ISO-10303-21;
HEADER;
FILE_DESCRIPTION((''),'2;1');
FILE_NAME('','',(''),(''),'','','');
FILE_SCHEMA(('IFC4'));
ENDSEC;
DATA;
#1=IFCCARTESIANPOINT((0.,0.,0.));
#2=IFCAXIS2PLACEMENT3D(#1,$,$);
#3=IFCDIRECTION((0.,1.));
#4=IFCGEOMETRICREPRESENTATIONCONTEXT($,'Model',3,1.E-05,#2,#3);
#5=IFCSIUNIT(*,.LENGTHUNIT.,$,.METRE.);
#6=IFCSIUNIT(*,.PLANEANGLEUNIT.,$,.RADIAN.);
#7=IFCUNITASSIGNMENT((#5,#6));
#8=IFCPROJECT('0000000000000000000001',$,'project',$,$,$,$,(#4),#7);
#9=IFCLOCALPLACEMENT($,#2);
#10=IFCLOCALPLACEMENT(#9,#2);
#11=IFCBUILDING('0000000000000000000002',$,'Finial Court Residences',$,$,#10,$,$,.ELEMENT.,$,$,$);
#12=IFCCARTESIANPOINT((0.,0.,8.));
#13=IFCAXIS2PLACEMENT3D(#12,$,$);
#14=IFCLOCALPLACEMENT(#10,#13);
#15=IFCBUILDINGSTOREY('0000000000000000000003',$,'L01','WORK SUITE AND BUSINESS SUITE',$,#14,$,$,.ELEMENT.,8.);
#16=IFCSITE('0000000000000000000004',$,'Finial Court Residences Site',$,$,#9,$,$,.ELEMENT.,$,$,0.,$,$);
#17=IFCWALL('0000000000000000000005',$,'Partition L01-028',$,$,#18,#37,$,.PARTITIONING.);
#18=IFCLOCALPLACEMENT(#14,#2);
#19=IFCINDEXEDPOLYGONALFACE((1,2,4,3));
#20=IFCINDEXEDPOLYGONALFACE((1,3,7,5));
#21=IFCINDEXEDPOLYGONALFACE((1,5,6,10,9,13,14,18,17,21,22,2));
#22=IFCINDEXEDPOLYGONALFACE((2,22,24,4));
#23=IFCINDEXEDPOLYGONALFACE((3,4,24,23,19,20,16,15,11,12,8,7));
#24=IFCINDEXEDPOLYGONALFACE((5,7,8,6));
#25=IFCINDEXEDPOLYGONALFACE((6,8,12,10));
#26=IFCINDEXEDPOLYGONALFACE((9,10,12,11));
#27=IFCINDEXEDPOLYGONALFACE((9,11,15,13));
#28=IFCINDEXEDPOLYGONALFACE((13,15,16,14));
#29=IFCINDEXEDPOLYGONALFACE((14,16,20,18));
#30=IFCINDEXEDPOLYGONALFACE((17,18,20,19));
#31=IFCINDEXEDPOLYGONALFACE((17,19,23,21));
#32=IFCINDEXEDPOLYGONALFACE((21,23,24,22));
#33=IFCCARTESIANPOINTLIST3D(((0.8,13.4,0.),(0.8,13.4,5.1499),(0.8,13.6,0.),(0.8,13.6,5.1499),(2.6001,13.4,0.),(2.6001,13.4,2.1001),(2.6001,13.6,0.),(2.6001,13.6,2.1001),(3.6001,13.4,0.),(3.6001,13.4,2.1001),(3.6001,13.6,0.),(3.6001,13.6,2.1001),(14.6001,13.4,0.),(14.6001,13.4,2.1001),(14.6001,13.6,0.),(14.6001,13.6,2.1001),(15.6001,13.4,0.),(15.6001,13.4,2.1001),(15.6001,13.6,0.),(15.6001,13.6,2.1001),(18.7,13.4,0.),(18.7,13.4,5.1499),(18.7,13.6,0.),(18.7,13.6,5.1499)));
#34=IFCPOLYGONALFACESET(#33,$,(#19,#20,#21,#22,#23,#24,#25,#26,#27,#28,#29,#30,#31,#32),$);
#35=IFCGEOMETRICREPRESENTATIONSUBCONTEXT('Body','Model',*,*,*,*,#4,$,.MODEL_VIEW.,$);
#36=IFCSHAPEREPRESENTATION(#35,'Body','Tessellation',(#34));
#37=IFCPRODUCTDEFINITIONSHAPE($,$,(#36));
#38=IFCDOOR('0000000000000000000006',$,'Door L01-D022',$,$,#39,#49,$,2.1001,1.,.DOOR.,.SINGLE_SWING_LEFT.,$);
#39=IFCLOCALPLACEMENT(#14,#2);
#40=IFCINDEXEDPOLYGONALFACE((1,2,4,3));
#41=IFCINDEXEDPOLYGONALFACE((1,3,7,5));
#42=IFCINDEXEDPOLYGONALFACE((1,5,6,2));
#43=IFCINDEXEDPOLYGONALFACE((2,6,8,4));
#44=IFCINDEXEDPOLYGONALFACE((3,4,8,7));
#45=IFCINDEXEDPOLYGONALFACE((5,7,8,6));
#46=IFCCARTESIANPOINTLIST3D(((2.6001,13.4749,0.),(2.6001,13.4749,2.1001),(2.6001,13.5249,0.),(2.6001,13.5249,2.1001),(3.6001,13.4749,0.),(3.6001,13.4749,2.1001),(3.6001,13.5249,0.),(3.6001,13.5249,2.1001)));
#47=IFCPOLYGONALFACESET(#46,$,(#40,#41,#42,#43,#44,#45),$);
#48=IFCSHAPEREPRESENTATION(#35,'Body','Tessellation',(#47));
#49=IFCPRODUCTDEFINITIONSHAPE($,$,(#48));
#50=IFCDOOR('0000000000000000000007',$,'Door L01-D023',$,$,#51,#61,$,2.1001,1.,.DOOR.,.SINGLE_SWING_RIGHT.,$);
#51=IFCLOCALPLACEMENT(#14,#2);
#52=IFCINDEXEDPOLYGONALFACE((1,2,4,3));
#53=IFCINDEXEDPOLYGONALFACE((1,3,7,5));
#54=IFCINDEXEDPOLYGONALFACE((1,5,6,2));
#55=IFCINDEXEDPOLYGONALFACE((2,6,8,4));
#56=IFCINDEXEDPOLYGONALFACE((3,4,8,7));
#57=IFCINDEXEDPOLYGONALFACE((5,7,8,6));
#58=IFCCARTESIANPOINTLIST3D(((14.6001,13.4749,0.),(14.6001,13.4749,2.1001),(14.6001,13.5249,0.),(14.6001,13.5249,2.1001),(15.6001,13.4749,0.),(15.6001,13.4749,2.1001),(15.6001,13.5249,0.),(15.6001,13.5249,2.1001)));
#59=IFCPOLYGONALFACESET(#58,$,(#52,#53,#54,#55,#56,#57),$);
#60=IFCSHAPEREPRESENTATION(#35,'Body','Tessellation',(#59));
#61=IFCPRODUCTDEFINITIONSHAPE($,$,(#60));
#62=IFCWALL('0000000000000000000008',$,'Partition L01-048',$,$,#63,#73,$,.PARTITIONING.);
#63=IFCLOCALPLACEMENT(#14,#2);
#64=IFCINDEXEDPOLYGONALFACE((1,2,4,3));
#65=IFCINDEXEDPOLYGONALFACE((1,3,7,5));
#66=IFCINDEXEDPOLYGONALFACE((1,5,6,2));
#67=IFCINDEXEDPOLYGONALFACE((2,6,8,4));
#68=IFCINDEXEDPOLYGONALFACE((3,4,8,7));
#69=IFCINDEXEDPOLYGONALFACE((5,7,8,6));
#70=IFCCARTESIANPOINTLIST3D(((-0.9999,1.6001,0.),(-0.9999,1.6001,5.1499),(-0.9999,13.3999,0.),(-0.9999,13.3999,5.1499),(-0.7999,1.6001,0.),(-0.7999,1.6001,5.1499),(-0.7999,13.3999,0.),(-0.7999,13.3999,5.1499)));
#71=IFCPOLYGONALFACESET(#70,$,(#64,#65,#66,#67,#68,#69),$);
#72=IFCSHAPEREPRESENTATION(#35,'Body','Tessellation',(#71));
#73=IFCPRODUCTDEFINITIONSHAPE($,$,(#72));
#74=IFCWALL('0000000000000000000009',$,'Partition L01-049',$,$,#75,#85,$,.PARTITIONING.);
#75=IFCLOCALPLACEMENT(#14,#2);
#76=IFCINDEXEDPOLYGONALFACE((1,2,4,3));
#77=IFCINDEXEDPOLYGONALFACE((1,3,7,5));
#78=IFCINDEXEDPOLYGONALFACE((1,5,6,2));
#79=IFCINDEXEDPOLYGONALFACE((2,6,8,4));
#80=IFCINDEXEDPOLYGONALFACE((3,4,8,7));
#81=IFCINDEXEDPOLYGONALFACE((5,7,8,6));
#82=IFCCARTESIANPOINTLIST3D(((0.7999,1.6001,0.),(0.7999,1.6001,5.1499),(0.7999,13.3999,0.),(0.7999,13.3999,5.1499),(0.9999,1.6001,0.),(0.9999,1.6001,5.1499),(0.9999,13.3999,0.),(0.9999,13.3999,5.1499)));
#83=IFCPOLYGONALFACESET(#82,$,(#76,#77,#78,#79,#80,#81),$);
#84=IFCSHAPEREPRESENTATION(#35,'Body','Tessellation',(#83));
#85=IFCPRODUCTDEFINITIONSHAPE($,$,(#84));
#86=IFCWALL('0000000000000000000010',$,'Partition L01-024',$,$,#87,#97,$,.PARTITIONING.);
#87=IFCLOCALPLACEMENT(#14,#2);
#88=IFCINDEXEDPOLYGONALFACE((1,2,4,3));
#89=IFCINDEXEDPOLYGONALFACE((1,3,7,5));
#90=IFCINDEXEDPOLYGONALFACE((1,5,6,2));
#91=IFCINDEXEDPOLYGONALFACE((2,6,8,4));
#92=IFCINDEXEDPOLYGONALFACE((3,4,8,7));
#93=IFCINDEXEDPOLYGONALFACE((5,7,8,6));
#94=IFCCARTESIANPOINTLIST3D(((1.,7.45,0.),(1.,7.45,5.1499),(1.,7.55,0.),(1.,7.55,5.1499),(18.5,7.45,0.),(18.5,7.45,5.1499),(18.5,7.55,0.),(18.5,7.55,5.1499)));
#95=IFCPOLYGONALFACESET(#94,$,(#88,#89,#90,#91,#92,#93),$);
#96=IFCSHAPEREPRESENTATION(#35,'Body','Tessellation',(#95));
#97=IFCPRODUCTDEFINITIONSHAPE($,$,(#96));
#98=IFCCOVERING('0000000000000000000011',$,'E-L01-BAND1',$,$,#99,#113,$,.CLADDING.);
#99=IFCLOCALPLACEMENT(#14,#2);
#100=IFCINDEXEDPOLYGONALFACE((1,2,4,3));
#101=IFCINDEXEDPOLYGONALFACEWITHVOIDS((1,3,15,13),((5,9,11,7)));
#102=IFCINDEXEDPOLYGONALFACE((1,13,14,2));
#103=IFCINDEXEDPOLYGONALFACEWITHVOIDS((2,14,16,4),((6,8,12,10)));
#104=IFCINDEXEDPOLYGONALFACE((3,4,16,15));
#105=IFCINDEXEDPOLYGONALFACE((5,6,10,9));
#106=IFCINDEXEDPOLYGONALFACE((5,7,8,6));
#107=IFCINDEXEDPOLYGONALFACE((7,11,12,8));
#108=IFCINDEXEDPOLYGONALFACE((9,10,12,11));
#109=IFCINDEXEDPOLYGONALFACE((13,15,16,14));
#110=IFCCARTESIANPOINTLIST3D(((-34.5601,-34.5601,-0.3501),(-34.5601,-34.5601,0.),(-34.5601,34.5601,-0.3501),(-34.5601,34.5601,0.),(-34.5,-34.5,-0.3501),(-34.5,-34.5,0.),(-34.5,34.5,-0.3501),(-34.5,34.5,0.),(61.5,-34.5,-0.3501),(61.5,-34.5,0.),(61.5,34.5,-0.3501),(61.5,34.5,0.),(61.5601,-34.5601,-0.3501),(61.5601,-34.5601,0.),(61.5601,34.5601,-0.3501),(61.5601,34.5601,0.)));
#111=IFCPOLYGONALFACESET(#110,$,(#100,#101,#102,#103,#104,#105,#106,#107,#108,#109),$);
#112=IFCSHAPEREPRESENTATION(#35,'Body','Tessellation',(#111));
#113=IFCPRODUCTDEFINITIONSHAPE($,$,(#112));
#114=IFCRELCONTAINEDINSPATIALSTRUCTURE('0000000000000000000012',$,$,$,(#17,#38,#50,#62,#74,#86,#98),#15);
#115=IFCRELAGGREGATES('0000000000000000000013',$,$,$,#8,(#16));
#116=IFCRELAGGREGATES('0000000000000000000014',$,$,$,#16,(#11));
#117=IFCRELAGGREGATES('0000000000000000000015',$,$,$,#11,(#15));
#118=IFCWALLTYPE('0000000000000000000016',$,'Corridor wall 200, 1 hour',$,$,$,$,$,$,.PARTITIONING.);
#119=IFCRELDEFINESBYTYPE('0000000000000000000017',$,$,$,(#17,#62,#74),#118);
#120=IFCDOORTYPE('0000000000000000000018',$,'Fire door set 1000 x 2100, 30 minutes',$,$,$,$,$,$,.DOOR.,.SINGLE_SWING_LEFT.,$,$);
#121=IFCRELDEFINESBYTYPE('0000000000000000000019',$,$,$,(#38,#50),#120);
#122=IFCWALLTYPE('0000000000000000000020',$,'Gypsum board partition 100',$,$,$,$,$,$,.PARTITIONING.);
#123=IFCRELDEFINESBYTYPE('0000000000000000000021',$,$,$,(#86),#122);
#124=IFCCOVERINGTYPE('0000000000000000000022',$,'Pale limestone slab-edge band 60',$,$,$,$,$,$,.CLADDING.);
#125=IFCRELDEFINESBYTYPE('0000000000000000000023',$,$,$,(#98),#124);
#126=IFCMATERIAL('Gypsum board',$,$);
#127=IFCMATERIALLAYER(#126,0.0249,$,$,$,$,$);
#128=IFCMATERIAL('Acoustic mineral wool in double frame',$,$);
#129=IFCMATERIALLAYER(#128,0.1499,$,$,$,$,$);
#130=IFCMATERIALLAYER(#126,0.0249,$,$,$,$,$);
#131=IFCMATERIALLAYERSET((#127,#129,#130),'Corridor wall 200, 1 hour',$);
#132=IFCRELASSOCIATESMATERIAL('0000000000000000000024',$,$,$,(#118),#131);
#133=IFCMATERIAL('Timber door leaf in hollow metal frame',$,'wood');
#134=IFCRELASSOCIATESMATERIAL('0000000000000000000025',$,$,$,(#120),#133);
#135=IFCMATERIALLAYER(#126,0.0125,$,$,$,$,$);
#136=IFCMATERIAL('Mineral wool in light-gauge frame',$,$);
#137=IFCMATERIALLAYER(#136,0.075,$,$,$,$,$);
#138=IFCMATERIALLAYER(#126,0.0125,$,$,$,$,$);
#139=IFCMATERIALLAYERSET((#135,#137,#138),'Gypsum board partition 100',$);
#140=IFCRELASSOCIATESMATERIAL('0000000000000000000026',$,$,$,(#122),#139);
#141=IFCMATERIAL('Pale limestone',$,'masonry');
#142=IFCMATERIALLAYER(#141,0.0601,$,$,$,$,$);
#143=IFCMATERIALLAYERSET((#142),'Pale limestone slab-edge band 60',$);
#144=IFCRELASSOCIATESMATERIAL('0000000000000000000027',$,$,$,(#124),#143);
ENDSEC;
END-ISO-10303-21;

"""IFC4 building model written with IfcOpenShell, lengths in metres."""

from ifc_helpers import new_model, si_unit, direction, frame, frame_2d, origin, place, context, subcontext, project, spatial, polyline, rectangle, outline, extrude, material, layer, layer_set, type_object, element, fill, save


model = new_model("IFC4")

# Units and contexts
model_context = context("Model", 3, precision=1e-05, world=origin(), true_north=direction((0.0, 1.0)))
body_context = subcontext(model_context, "Body", "Model", "MODEL_VIEW")
ifc_project = project(units=[si_unit("LENGTHUNIT", "METRE"), si_unit("PLANEANGLEUNIT", "RADIAN")], contexts=[model_context])

# Site, building, storey
site_placement = place(None, origin())
site = spatial("IfcSite", under=ifc_project, at=site_placement, Name="Finial Court Residences Site", CompositionType="ELEMENT", RefElevation=0.0)
building_placement = place(site_placement, origin())
building = spatial("IfcBuilding", under=site, at=building_placement, Name="Finial Court Residences", CompositionType="ELEMENT")
storey_placement = place(building_placement, frame((0.0, 0.0, 8.0)))
storey = spatial("IfcBuildingStorey", under=building, at=storey_placement, Name="L01", Description="WORK SUITE AND BUSINESS SUITE", CompositionType="ELEMENT", Elevation=8.0)

# Wall, openings, doors
ifc_material_1 = material(Name="Gypsum board")
ifc_layer_1 = layer(ifc_material_1, 0.0249)
ifc_material_2 = material(Name="Acoustic mineral wool in double frame")
ifc_layer_2 = layer(ifc_material_2, 0.1499)
ifc_layer_3 = layer(ifc_material_1, 0.0249)
ifc_layer_set_1 = layer_set([ifc_layer_1, ifc_layer_2, ifc_layer_3], Name="Corridor wall 200, 1 hour")
wall_type_1 = type_object("IfcWallType", Name="Corridor wall 200, 1 hour", PredefinedType="PARTITIONING", material=ifc_layer_set_1)
ifc_material_3 = material(Name="Timber door leaf in hollow metal frame", Category="wood")
door_type = type_object("IfcDoorType", Name="Fire door set 1000 x 2100, 30 minutes", OperationType="SINGLE_SWING_LEFT", PredefinedType="DOOR", material=ifc_material_3)
wall_1_placement = place(storey_placement, frame((0.8, 13.5, 0.0), z_axis=(0.0, 0.0, 1.0), x_axis=(1.0, 0.0, 0.0)))
wall_1 = element("IfcWall", 1, at=wall_1_placement, inside=storey, type_object=wall_type_1, Name="Partition L01-028", PredefinedType="PARTITIONING", context=body_context, shape_type="SweptSolid", body=[
    extrude(rectangle(XDim=17.8999, YDim=0.2, at=frame_2d((8.95, 0.0))), origin(), (0.0, 0.0, 1.0), 5.1499),
])
opening_1_placement = place(wall_1_placement, frame((1.8, 0.0, 0.0)))
opening_1 = element("IfcOpeningElement", 2, at=opening_1_placement, cuts=wall_1, PredefinedType="OPENING", context=body_context, shape_type="SweptSolid", body=[
    extrude(rectangle(XDim=1.0, YDim=2.1001, at=frame_2d((0.5, 1.05))), frame((0.0, 0.1099, 0.0), z_axis=(0.0, -1.0, 0.0), x_axis=(1.0, 0.0, 0.0)), (0.0, 0.0, 1.0), 0.22),
])
opening_2_placement = place(wall_1_placement, frame((13.8, 0.0, 0.0)))
opening_2 = element("IfcOpeningElement", 3, at=opening_2_placement, cuts=wall_1, PredefinedType="OPENING", context=body_context, shape_type="SweptSolid", body=[
    extrude(rectangle(XDim=1.0, YDim=2.1001, at=frame_2d((0.5, 1.05))), frame((0.0, 0.1099, 0.0), z_axis=(0.0, -1.0, 0.0), x_axis=(1.0, 0.0, 0.0)), (0.0, 0.0, 1.0), 0.22),
])
door_1_placement = place(opening_1_placement, origin())
door_1 = element("IfcDoor", 4, at=door_1_placement, inside=storey, type_object=door_type, Name="Door L01-D022", OperationType="SINGLE_SWING_LEFT", OverallHeight=2.1001, OverallWidth=1.0, PredefinedType="DOOR", context=body_context, shape_type="SweptSolid", body=[
    extrude(rectangle(XDim=1.0, YDim=2.1001, at=frame_2d((0.5, 1.05))), frame((0.0, 0.0249, 0.0), z_axis=(0.0, -1.0, 0.0), x_axis=(1.0, 0.0, 0.0)), (0.0, 0.0, 1.0), 0.05),
])
fill(opening_1, door_1)
door_2_placement = place(opening_2_placement, origin())
door_2 = element("IfcDoor", 5, at=door_2_placement, inside=storey, type_object=door_type, Name="Door L01-D023", OperationType="SINGLE_SWING_RIGHT", OverallHeight=2.1001, OverallWidth=1.0, PredefinedType="DOOR", context=body_context, shape_type="SweptSolid", body=[
    extrude(rectangle(XDim=1.0, YDim=2.1001, at=frame_2d((0.5, 1.05))), frame((0.0, 0.0249, 0.0), z_axis=(0.0, -1.0, 0.0), x_axis=(1.0, 0.0, 0.0)), (0.0, 0.0, 1.0), 0.05),
])
fill(opening_2, door_2)

# Walls
for number, where, z_axis, x_axis, name in (
    (6, (-0.8999, 1.6001, 0.0), (0.0, 0.0, 1.0), (0.0, 1.0, 0.0), "Partition L01-048"),
    (7, (0.8999, 1.6001, 0.0), (0.0, 0.0, 1.0), (0.0, 1.0, 0.0), "Partition L01-049"),
):
    element("IfcWall", number, at=place(storey_placement, frame(where, z_axis=z_axis, x_axis=x_axis)), inside=storey, type_object=wall_type_1, Name=name, PredefinedType="PARTITIONING", context=body_context, shape_type="SweptSolid", body=[
        extrude(rectangle(XDim=11.7998, YDim=0.2, at=frame_2d((5.8999, 0.0))), origin(), (0.0, 0.0, 1.0), 5.1499),
    ])
ifc_layer_4 = layer(ifc_material_1, 0.0125)
ifc_material_4 = material(Name="Mineral wool in light-gauge frame")
ifc_layer_5 = layer(ifc_material_4, 0.075)
ifc_layer_6 = layer(ifc_material_1, 0.0125)
ifc_layer_set_2 = layer_set([ifc_layer_4, ifc_layer_5, ifc_layer_6], Name="Gypsum board partition 100")
wall_type_2 = type_object("IfcWallType", Name="Gypsum board partition 100", PredefinedType="PARTITIONING", material=ifc_layer_set_2)
wall_2_placement = place(storey_placement, frame((1.0, 7.5, 0.0), z_axis=(0.0, 0.0, 1.0), x_axis=(1.0, 0.0, 0.0)))
element("IfcWall", 8, at=wall_2_placement, inside=storey, type_object=wall_type_2, Name="Partition L01-024", PredefinedType="PARTITIONING", context=body_context, shape_type="SweptSolid", body=[
    extrude(rectangle(XDim=17.5, YDim=0.1001, at=frame_2d((8.75, 0.0))), origin(), (0.0, 0.0, 1.0), 5.1499),
])

# Covering
ifc_material_5 = material(Name="Pale limestone", Category="masonry")
ifc_layer_7 = layer(ifc_material_5, 0.0601)
ifc_layer_set_3 = layer_set([ifc_layer_7], Name="Pale limestone slab-edge band 60")
covering_type = type_object("IfcCoveringType", Name="Pale limestone slab-edge band 60", PredefinedType="CLADDING", material=ifc_layer_set_3)
covering_placement = place(storey_placement, frame((0.0, 0.0, -0.3501)))
element("IfcCovering", 9, at=covering_placement, inside=storey, type_object=covering_type, Name="E-L01-BAND1", PredefinedType="CLADDING", context=body_context, shape_type="SweptSolid", body=[
    extrude(outline(polyline([(-34.5601, 34.5601), (61.5601, 34.5601), (61.5601, -34.5601), (-34.5601, -34.5601), (-34.5601, 34.5601)]), holes=[polyline([(61.5, -34.5), (61.5, 34.5), (-34.5, 34.5), (-34.5, -34.5), (61.5, -34.5)])]), origin(), (0.0, 0.0, 1.0), 0.3501),
])

save(model, "model.ifc")
